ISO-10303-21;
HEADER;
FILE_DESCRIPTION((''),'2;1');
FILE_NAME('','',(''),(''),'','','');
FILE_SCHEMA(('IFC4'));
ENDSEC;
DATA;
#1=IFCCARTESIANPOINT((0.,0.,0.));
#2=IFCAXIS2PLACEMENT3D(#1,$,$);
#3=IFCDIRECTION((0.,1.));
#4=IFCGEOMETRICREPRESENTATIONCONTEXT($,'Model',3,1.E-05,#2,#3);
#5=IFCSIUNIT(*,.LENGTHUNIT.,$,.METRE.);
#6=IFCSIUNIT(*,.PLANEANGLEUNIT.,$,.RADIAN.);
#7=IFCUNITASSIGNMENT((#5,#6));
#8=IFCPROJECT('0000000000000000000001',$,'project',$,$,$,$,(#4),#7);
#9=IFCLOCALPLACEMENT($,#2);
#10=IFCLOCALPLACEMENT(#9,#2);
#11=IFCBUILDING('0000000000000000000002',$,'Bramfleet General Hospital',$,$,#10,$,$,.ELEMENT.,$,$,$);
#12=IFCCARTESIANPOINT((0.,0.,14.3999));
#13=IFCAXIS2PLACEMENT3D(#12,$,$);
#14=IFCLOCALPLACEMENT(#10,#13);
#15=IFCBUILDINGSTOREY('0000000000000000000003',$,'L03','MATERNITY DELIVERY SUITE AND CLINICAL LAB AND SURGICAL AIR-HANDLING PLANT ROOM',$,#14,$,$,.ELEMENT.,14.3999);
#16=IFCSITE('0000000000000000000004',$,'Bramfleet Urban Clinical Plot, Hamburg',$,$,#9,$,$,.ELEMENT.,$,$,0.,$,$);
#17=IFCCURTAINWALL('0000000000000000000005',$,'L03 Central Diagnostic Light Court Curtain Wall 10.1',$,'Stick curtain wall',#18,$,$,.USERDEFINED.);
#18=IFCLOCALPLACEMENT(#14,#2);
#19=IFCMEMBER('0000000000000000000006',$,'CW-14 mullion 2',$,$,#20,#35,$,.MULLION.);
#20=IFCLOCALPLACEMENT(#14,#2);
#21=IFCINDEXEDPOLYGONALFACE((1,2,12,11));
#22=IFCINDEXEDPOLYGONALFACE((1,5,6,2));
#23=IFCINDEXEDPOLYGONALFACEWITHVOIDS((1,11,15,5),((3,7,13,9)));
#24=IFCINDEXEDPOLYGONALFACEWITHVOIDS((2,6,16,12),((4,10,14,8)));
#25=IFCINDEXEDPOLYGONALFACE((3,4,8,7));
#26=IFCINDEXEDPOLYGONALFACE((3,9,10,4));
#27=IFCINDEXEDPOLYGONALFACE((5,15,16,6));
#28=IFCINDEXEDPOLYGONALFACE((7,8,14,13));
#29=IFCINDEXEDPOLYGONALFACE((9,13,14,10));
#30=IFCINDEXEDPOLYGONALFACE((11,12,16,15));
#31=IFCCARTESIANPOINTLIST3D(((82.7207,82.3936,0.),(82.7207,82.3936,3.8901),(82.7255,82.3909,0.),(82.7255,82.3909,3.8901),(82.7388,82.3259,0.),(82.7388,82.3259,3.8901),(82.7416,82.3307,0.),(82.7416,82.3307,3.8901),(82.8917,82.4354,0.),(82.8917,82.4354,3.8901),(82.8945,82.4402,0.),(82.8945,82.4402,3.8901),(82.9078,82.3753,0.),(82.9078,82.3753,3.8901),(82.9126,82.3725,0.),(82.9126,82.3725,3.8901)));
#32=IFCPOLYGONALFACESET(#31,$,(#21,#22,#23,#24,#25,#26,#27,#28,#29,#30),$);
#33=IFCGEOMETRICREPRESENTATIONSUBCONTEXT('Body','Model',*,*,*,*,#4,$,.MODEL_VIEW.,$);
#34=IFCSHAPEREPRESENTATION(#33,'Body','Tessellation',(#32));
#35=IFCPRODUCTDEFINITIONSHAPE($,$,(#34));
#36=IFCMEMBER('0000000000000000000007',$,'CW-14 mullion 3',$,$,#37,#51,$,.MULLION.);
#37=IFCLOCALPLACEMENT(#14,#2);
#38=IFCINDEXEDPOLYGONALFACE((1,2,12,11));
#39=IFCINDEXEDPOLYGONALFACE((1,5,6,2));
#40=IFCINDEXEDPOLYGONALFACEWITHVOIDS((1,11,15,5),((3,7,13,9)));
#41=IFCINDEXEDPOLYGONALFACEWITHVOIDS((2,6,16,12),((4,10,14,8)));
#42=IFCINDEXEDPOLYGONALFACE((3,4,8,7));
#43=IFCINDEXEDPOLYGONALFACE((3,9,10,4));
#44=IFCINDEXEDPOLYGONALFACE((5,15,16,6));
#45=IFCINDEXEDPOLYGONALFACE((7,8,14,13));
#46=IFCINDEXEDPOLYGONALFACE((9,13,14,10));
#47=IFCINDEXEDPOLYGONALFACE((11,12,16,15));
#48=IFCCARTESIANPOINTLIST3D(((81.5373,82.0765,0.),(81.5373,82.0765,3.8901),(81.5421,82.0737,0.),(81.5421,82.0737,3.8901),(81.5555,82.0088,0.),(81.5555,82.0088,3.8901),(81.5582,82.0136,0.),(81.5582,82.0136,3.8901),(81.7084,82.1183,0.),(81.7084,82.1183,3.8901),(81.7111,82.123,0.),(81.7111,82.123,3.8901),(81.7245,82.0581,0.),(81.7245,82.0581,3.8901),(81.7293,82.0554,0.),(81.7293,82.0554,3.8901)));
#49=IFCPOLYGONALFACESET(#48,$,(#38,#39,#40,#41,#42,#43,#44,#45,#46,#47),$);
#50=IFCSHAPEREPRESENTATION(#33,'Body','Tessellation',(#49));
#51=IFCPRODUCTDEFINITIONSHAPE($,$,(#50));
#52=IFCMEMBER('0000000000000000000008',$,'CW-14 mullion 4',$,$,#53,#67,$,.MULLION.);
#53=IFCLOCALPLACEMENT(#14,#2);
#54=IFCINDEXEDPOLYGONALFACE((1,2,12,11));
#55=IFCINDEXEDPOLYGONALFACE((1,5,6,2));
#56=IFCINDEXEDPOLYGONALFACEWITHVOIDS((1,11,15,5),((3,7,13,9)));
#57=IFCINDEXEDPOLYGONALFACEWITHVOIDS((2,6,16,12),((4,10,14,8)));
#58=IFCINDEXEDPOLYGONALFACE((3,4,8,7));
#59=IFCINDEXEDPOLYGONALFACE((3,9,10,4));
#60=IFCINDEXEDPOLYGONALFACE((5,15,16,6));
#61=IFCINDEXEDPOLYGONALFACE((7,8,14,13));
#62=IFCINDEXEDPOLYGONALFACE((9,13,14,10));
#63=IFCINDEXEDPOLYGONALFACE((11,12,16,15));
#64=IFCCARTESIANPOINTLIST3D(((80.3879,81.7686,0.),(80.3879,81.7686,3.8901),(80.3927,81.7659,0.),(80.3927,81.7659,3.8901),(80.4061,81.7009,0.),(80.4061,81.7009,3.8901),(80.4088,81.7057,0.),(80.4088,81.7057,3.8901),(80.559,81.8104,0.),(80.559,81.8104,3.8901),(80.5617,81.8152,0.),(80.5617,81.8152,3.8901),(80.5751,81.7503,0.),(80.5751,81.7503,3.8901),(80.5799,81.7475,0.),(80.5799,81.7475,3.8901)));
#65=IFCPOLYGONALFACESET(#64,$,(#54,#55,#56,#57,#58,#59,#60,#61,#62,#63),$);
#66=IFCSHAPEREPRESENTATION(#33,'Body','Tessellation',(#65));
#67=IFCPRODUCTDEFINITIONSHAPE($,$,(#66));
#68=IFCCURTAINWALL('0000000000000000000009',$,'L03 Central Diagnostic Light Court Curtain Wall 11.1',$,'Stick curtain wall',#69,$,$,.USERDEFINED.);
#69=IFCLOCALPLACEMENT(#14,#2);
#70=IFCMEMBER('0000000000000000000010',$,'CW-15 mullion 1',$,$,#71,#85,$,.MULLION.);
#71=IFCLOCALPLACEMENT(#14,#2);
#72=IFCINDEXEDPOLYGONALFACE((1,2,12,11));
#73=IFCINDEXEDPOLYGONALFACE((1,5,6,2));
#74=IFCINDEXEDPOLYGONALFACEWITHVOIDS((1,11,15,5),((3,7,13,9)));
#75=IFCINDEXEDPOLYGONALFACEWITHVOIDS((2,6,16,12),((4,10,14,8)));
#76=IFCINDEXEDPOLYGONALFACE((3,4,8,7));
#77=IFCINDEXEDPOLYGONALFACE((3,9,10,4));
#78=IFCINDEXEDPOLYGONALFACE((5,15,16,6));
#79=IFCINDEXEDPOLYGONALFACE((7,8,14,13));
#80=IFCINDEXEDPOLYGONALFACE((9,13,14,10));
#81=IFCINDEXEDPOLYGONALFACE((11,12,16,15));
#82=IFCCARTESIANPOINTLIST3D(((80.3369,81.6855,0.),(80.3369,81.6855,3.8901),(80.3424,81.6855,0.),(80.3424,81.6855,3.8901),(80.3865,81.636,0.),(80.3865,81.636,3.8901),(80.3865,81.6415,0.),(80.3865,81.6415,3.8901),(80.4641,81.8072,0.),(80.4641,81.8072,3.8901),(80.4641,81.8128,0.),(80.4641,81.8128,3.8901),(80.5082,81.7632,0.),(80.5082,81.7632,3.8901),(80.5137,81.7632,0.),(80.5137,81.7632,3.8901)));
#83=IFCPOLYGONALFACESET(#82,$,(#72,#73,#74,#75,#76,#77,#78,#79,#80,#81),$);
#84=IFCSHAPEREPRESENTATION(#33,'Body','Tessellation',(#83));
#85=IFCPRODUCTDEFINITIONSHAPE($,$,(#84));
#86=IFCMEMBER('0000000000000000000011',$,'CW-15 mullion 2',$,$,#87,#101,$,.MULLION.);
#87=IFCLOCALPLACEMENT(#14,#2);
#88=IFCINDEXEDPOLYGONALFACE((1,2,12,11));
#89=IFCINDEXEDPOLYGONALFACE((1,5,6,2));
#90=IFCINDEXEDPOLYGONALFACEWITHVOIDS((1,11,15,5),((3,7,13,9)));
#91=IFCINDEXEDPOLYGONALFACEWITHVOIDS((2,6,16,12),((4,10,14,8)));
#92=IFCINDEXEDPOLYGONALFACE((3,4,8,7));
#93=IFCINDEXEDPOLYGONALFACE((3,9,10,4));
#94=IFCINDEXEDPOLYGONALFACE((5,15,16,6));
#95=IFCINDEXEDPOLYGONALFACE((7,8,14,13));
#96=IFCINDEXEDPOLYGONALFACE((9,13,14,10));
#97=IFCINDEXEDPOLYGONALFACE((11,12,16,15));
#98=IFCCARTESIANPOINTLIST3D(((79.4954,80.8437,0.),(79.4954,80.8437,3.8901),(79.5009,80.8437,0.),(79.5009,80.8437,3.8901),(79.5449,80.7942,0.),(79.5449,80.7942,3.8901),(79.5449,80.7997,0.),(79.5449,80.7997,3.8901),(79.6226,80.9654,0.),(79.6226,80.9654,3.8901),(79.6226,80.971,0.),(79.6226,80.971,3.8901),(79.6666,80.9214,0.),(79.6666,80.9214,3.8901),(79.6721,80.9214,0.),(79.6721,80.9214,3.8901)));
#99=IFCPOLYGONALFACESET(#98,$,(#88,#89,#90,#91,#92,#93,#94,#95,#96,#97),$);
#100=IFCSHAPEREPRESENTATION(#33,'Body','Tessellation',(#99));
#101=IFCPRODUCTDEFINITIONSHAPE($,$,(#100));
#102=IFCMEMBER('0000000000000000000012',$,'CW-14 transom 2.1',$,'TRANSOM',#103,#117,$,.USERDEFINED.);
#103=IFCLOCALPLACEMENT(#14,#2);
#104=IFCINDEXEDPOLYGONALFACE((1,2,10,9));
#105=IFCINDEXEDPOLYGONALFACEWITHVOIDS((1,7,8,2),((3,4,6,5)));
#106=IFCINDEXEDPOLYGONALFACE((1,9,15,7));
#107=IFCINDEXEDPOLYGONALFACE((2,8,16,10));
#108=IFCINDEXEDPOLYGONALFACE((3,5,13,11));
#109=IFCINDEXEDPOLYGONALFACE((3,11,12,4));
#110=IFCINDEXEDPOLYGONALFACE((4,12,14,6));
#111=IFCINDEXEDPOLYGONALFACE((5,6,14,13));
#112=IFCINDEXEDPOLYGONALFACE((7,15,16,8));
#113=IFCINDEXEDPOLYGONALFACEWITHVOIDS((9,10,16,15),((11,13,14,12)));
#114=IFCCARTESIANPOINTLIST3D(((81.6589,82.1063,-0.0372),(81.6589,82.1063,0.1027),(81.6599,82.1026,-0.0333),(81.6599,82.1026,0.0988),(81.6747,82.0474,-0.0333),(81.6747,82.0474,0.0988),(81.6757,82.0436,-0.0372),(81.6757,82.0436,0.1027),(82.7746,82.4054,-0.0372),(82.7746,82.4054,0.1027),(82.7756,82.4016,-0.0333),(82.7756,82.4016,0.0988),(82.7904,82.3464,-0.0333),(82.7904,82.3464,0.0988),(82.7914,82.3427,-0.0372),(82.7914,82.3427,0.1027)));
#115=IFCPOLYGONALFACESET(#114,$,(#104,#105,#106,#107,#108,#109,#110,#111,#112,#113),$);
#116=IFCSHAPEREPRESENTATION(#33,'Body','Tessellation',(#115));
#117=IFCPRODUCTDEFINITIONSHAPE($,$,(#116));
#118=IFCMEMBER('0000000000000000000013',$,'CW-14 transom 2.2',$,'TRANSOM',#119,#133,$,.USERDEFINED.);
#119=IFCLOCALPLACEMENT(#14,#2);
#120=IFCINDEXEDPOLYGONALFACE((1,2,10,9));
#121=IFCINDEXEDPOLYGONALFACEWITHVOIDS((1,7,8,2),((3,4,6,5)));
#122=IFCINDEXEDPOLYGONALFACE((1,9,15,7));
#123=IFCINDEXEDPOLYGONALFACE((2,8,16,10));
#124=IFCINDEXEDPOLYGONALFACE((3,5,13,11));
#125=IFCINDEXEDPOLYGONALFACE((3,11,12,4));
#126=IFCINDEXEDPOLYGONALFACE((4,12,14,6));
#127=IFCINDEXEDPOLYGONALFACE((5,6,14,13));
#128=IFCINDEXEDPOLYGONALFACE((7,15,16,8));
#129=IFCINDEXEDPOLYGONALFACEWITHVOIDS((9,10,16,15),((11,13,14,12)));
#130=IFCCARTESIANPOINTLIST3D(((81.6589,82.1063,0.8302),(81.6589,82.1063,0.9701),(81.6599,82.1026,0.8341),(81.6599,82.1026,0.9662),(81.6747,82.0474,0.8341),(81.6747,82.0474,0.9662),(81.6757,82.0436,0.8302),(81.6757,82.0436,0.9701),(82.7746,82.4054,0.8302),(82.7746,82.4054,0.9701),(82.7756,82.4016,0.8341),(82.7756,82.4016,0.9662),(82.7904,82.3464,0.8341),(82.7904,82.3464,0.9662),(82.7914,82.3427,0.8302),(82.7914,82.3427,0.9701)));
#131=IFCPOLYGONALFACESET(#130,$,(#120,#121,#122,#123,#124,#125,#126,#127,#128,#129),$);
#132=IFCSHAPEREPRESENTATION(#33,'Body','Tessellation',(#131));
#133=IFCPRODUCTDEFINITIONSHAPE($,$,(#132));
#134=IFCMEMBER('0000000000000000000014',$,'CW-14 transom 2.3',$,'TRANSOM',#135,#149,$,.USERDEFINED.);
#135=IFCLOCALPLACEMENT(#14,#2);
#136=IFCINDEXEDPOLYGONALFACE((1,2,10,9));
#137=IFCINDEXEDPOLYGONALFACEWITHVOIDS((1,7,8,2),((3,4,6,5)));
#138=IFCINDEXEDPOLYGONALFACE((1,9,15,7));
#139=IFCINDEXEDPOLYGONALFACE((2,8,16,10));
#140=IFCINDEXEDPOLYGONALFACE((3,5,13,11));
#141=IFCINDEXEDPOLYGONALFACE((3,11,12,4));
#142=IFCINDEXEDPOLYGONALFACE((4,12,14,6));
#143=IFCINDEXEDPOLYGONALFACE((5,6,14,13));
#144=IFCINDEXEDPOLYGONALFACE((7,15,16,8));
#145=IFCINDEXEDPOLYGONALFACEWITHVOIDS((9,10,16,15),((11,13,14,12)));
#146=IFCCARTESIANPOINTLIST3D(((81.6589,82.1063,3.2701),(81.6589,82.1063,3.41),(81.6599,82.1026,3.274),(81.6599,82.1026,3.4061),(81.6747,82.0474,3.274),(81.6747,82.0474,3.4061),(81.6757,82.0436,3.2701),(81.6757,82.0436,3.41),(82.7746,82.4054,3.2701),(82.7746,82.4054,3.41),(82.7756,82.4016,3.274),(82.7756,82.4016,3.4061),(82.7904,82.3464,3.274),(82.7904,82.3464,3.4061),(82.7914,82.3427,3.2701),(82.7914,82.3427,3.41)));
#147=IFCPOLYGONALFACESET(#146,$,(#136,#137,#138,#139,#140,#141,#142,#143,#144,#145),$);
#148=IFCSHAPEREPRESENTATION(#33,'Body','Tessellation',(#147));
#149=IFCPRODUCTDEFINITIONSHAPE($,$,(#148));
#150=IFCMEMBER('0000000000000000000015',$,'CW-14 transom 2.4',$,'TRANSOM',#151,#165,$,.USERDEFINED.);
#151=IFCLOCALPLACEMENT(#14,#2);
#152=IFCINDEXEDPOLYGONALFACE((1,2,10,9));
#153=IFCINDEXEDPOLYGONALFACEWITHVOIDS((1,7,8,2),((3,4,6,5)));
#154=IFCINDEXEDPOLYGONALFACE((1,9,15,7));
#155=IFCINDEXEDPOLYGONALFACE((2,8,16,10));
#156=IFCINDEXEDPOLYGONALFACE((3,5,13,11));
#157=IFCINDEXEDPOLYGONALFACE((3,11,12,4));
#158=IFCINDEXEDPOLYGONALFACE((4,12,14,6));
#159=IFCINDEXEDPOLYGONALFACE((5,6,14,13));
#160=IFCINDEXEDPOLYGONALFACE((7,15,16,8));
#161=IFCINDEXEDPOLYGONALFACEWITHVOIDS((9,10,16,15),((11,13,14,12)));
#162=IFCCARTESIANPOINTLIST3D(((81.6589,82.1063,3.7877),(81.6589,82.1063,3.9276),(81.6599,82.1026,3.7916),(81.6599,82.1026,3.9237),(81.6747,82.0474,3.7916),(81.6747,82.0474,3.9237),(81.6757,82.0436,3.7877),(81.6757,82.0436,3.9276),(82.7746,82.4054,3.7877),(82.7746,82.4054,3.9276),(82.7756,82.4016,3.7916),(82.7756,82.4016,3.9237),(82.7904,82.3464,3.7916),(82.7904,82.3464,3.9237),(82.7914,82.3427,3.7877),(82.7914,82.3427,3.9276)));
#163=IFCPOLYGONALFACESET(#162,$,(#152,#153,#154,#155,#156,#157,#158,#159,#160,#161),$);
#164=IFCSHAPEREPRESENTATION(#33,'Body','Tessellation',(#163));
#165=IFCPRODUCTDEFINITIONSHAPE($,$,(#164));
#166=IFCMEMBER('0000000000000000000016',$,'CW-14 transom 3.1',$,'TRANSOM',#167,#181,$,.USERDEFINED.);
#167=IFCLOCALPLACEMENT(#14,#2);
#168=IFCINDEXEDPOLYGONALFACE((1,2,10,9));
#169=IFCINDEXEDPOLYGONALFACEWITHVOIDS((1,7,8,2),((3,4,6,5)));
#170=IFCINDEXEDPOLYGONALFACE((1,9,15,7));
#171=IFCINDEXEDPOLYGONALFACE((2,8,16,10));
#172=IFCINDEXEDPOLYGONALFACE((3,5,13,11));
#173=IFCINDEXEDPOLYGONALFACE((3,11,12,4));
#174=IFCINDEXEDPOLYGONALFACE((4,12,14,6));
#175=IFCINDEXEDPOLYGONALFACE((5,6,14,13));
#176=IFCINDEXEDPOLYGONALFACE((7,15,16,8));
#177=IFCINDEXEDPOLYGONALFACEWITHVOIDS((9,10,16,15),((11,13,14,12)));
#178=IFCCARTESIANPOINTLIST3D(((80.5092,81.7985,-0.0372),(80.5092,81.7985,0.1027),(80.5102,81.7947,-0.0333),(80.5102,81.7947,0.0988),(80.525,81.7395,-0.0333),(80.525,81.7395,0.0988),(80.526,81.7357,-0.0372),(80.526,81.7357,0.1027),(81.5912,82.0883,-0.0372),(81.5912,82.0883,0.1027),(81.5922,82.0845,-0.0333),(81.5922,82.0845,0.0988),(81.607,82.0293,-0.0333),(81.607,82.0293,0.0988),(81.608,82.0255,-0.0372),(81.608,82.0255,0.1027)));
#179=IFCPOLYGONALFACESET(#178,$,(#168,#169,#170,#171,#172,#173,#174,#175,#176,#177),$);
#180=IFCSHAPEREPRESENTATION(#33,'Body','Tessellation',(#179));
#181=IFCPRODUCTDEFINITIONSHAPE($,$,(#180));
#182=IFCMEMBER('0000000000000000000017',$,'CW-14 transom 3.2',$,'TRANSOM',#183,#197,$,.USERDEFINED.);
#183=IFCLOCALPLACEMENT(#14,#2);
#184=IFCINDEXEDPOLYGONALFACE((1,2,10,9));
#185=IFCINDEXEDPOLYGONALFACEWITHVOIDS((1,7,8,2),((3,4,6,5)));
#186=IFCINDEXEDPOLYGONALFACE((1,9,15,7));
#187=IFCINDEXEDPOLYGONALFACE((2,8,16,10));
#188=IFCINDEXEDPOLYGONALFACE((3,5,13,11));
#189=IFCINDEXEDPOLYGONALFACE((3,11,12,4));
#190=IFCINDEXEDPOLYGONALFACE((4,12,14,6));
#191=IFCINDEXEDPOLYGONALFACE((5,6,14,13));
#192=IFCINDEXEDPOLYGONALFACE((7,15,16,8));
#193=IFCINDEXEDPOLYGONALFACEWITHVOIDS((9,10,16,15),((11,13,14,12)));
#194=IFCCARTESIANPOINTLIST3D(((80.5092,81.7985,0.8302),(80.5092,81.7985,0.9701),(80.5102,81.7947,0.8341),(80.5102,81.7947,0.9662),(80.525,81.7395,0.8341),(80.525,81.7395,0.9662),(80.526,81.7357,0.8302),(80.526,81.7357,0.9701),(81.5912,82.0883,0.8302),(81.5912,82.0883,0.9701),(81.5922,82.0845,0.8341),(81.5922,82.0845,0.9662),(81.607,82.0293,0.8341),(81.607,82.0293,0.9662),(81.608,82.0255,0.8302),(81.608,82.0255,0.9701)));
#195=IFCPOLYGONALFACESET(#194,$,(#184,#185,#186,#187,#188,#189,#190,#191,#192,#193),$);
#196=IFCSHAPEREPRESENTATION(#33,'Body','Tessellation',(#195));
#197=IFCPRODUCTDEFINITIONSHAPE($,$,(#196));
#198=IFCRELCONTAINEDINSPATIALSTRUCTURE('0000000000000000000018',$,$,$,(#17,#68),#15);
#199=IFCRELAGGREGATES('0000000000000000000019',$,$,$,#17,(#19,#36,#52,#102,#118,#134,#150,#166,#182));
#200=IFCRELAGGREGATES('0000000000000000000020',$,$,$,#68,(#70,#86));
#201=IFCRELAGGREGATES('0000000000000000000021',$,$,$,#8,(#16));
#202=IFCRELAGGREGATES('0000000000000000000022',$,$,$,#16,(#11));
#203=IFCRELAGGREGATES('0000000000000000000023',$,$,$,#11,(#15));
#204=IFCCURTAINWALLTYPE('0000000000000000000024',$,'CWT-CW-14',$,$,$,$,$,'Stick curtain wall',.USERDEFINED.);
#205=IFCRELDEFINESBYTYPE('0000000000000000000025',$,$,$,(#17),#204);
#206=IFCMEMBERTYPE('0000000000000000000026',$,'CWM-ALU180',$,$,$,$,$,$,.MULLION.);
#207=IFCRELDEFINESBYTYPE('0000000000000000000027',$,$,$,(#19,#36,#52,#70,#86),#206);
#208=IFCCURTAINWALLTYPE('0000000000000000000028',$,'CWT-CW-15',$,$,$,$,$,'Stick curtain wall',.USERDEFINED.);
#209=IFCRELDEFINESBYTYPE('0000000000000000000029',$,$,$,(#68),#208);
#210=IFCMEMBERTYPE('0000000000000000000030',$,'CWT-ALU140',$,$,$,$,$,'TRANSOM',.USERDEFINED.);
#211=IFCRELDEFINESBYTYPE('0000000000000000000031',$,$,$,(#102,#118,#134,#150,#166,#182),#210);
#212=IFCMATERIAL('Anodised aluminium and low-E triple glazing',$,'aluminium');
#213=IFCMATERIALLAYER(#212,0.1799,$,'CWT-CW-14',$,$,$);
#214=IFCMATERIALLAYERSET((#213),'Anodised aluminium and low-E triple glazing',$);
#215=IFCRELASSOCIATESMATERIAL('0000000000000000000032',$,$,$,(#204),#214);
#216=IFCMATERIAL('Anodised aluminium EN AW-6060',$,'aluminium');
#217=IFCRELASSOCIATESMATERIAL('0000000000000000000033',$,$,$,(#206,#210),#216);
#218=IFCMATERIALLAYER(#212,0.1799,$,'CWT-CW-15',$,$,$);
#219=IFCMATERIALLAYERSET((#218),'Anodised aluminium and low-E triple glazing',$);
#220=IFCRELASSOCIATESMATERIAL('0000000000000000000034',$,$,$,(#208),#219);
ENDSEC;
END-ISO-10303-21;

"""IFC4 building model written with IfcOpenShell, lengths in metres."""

from ifc_helpers import new_model, si_unit, direction, frame, origin, origin_2d, place, context, subcontext, project, spatial, hollow_rectangle, extrude, material, layer, layer_set, material_profile, profile_set, type_object, element, aggregate, save


model = new_model("IFC4")

# Units and contexts
model_context = context("Model", 3, precision=1e-05, world=origin(), true_north=direction((0.0, 1.0)))
body_context = subcontext(model_context, "Body", "Model", "MODEL_VIEW")
ifc_project = project(units=[si_unit("LENGTHUNIT", "METRE"), si_unit("PLANEANGLEUNIT", "RADIAN")], contexts=[model_context])

# Site, building, storey
site_placement = place(None, origin())
site = spatial("IfcSite", under=ifc_project, at=site_placement, Name="Bramfleet Urban Clinical Plot, Hamburg", CompositionType="ELEMENT", RefElevation=0.0)
building_placement = place(site_placement, origin())
building = spatial("IfcBuilding", under=site, at=building_placement, Name="Bramfleet General Hospital", CompositionType="ELEMENT")
storey_placement = place(building_placement, frame((0.0, 0.0, 14.3999)))
storey = spatial("IfcBuildingStorey", under=building, at=storey_placement, Name="L03", Description="MATERNITY DELIVERY SUITE AND CLINICAL LAB AND SURGICAL AIR-HANDLING PLANT ROOM", CompositionType="ELEMENT", Elevation=14.3999)

# Curtain walls, members
ifc_material_1 = material(Name="Anodised aluminium and low-E triple glazing", Category="aluminium")
ifc_layer_1 = layer(ifc_material_1, 0.1799, Name="CWT-CW-14")
ifc_layer_set_1 = layer_set([ifc_layer_1], Name="Anodised aluminium and low-E triple glazing")
curtain_wall_type_1 = type_object("IfcCurtainWallType", Name="CWT-CW-14", ElementType="Stick curtain wall", PredefinedType="USERDEFINED", material=ifc_layer_set_1)
curtain_wall_1_placement = place(storey_placement, origin())
curtain_wall_1 = element("IfcCurtainWall", 1, at=curtain_wall_1_placement, inside=storey, type_object=curtain_wall_type_1, Name="L03 Central Diagnostic Light Court Curtain Wall 10.1", ObjectType="Stick curtain wall", PredefinedType="USERDEFINED")
ifc_material_2 = material(Name="Anodised aluminium EN AW-6060", Category="aluminium")
ifc_material_profile_1 = material_profile(ifc_material_2, hollow_rectangle(XDim=0.0701, YDim=0.1799, WallThickness=0.0039, at=origin_2d()), Name="ALU 180x70x4.0")
ifc_profile_set_1 = profile_set([ifc_material_profile_1], Name="Anodised aluminium EN AW-6060")
member_type_1 = type_object("IfcMemberType", Name="CWM-ALU180", PredefinedType="MULLION", material=ifc_profile_set_1)
member_1_placement = place(storey_placement, frame((82.8167, 82.3831, 0.0), z_axis=(0.0, 0.0, 1.0), x_axis=(0.258763, -0.965941, 0.0)))
member_1 = element("IfcMember", 2, at=member_1_placement, type_object=member_type_1, Name="CW-14 mullion 2", PredefinedType="MULLION", context=body_context, shape_type="SweptSolid", body=[
    extrude(hollow_rectangle(XDim=0.0701, YDim=0.1799, WallThickness=0.0039, at=origin_2d()), origin(), (0.0, 0.0, 1.0), 3.8901),
])
member_2_placement = place(storey_placement, frame((81.6333, 82.0659, 0.0), z_axis=(0.0, 0.0, 1.0), x_axis=(0.258763, -0.965941, 0.0)))
member_2 = element("IfcMember", 3, at=member_2_placement, type_object=member_type_1, Name="CW-14 mullion 3", PredefinedType="MULLION", context=body_context, shape_type="SweptSolid", body=[
    extrude(hollow_rectangle(XDim=0.0701, YDim=0.1799, WallThickness=0.0039, at=origin_2d()), origin(), (0.0, 0.0, 1.0), 3.8901),
])
member_3_placement = place(storey_placement, frame((80.4839, 81.7581, 0.0), z_axis=(0.0, 0.0, 1.0), x_axis=(0.258763, -0.965941, 0.0)))
member_3 = element("IfcMember", 4, at=member_3_placement, type_object=member_type_1, Name="CW-14 mullion 4", PredefinedType="MULLION", context=body_context, shape_type="SweptSolid", body=[
    extrude(hollow_rectangle(XDim=0.0701, YDim=0.1799, WallThickness=0.0039, at=origin_2d()), origin(), (0.0, 0.0, 1.0), 3.8901),
])
ifc_layer_2 = layer(ifc_material_1, 0.1799, Name="CWT-CW-15")
ifc_layer_set_2 = layer_set([ifc_layer_2], Name="Anodised aluminium and low-E triple glazing")
curtain_wall_type_2 = type_object("IfcCurtainWallType", Name="CWT-CW-15", ElementType="Stick curtain wall", PredefinedType="USERDEFINED", material=ifc_layer_set_2)
curtain_wall_2_placement = place(storey_placement, origin())
curtain_wall_2 = element("IfcCurtainWall", 5, at=curtain_wall_2_placement, inside=storey, type_object=curtain_wall_type_2, Name="L03 Central Diagnostic Light Court Curtain Wall 11.1", ObjectType="Stick curtain wall", PredefinedType="USERDEFINED")
member_4_placement = place(storey_placement, frame((80.4253, 81.7244, 0.0), z_axis=(0.0, 0.0, 1.0), x_axis=(0.707107, -0.707107, 0.0)))
member_4 = element("IfcMember", 6, at=member_4_placement, type_object=member_type_1, Name="CW-15 mullion 1", PredefinedType="MULLION", context=body_context, shape_type="SweptSolid", body=[
    extrude(hollow_rectangle(XDim=0.0701, YDim=0.1799, WallThickness=0.0039, at=origin_2d()), origin(), (0.0, 0.0, 1.0), 3.8901),
])
member_5_placement = place(storey_placement, frame((79.5837, 80.8826, 0.0), z_axis=(0.0, 0.0, 1.0), x_axis=(0.707107, -0.707107, 0.0)))
member_5 = element("IfcMember", 7, at=member_5_placement, type_object=member_type_1, Name="CW-15 mullion 2", PredefinedType="MULLION", context=body_context, shape_type="SweptSolid", body=[
    extrude(hollow_rectangle(XDim=0.0701, YDim=0.1799, WallThickness=0.0039, at=origin_2d()), origin(), (0.0, 0.0, 1.0), 3.8901),
])

# Members
ifc_material_profile_2 = material_profile(ifc_material_2, hollow_rectangle(XDim=0.0649, YDim=0.1399, WallThickness=0.0039, at=origin_2d()), Name="ALU 140x65x4.0")
ifc_profile_set_2 = profile_set([ifc_material_profile_2], Name="Anodised aluminium EN AW-6060")
member_type_2 = type_object("IfcMemberType", Name="CWT-ALU140", ElementType="TRANSOM", PredefinedType="USERDEFINED", material=ifc_profile_set_2)
member_6_placement = place(storey_placement, frame((82.783, 82.374, 0.0327), z_axis=(-0.965901, -0.258912, 0.0), x_axis=(0.258912, -0.965901, 0.0)))
member_6 = element("IfcMember", 8, at=member_6_placement, type_object=member_type_2, Name="CW-14 transom 2.1", ObjectType="TRANSOM", PredefinedType="USERDEFINED", context=body_context, shape_type="SweptSolid", body=[
    extrude(hollow_rectangle(XDim=0.0649, YDim=0.1399, WallThickness=0.0039, at=origin_2d()), origin(), (0.0, 0.0, 1.0), 1.155),
])
member_7_placement = place(storey_placement, frame((82.783, 82.374, 0.9001), z_axis=(-0.965901, -0.258912, 0.0), x_axis=(0.258912, -0.965901, 0.0)))
member_7 = element("IfcMember", 9, at=member_7_placement, type_object=member_type_2, Name="CW-14 transom 2.2", ObjectType="TRANSOM", PredefinedType="USERDEFINED", context=body_context, shape_type="SweptSolid", body=[
    extrude(hollow_rectangle(XDim=0.0649, YDim=0.1399, WallThickness=0.0039, at=origin_2d()), origin(), (0.0, 0.0, 1.0), 1.155),
])
member_8_placement = place(storey_placement, frame((82.783, 82.374, 3.3401), z_axis=(-0.965901, -0.258912, 0.0), x_axis=(0.258912, -0.965901, 0.0)))
member_8 = element("IfcMember", 10, at=member_8_placement, type_object=member_type_2, Name="CW-14 transom 2.3", ObjectType="TRANSOM", PredefinedType="USERDEFINED", context=body_context, shape_type="SweptSolid", body=[
    extrude(hollow_rectangle(XDim=0.0649, YDim=0.1399, WallThickness=0.0039, at=origin_2d()), origin(), (0.0, 0.0, 1.0), 1.155),
])
member_9_placement = place(storey_placement, frame((82.783, 82.374, 3.8577), z_axis=(-0.965901, -0.258912, 0.0), x_axis=(0.258912, -0.965901, 0.0)))
member_9 = element("IfcMember", 11, at=member_9_placement, type_object=member_type_2, Name="CW-14 transom 2.4", ObjectType="TRANSOM", PredefinedType="USERDEFINED", context=body_context, shape_type="SweptSolid", body=[
    extrude(hollow_rectangle(XDim=0.0649, YDim=0.1399, WallThickness=0.0039, at=origin_2d()), origin(), (0.0, 0.0, 1.0), 1.155),
])
member_10_placement = place(storey_placement, frame((81.5996, 82.0569, 0.0327), z_axis=(-0.965956, -0.258707, 0.0), x_axis=(0.258707, -0.965956, 0.0)))
member_10 = element("IfcMember", 12, at=member_10_placement, type_object=member_type_2, Name="CW-14 transom 3.1", ObjectType="TRANSOM", PredefinedType="USERDEFINED", context=body_context, shape_type="SweptSolid", body=[
    extrude(hollow_rectangle(XDim=0.0649, YDim=0.1399, WallThickness=0.0039, at=origin_2d()), origin(), (0.0, 0.0, 1.0), 1.1201),
])
member_11_placement = place(storey_placement, frame((81.5996, 82.0569, 0.9001), z_axis=(-0.965956, -0.258707, 0.0), x_axis=(0.258707, -0.965956, 0.0)))
member_11 = element("IfcMember", 13, at=member_11_placement, type_object=member_type_2, Name="CW-14 transom 3.2", ObjectType="TRANSOM", PredefinedType="USERDEFINED", context=body_context, shape_type="SweptSolid", body=[
    extrude(hollow_rectangle(XDim=0.0649, YDim=0.1399, WallThickness=0.0039, at=origin_2d()), origin(), (0.0, 0.0, 1.0), 1.1201),
])

aggregate(curtain_wall_1, [member_1, member_2, member_3, member_6, member_7, member_8, member_9, member_10, member_11])
aggregate(curtain_wall_2, [member_4, member_5])

save(model, "model.ifc")
